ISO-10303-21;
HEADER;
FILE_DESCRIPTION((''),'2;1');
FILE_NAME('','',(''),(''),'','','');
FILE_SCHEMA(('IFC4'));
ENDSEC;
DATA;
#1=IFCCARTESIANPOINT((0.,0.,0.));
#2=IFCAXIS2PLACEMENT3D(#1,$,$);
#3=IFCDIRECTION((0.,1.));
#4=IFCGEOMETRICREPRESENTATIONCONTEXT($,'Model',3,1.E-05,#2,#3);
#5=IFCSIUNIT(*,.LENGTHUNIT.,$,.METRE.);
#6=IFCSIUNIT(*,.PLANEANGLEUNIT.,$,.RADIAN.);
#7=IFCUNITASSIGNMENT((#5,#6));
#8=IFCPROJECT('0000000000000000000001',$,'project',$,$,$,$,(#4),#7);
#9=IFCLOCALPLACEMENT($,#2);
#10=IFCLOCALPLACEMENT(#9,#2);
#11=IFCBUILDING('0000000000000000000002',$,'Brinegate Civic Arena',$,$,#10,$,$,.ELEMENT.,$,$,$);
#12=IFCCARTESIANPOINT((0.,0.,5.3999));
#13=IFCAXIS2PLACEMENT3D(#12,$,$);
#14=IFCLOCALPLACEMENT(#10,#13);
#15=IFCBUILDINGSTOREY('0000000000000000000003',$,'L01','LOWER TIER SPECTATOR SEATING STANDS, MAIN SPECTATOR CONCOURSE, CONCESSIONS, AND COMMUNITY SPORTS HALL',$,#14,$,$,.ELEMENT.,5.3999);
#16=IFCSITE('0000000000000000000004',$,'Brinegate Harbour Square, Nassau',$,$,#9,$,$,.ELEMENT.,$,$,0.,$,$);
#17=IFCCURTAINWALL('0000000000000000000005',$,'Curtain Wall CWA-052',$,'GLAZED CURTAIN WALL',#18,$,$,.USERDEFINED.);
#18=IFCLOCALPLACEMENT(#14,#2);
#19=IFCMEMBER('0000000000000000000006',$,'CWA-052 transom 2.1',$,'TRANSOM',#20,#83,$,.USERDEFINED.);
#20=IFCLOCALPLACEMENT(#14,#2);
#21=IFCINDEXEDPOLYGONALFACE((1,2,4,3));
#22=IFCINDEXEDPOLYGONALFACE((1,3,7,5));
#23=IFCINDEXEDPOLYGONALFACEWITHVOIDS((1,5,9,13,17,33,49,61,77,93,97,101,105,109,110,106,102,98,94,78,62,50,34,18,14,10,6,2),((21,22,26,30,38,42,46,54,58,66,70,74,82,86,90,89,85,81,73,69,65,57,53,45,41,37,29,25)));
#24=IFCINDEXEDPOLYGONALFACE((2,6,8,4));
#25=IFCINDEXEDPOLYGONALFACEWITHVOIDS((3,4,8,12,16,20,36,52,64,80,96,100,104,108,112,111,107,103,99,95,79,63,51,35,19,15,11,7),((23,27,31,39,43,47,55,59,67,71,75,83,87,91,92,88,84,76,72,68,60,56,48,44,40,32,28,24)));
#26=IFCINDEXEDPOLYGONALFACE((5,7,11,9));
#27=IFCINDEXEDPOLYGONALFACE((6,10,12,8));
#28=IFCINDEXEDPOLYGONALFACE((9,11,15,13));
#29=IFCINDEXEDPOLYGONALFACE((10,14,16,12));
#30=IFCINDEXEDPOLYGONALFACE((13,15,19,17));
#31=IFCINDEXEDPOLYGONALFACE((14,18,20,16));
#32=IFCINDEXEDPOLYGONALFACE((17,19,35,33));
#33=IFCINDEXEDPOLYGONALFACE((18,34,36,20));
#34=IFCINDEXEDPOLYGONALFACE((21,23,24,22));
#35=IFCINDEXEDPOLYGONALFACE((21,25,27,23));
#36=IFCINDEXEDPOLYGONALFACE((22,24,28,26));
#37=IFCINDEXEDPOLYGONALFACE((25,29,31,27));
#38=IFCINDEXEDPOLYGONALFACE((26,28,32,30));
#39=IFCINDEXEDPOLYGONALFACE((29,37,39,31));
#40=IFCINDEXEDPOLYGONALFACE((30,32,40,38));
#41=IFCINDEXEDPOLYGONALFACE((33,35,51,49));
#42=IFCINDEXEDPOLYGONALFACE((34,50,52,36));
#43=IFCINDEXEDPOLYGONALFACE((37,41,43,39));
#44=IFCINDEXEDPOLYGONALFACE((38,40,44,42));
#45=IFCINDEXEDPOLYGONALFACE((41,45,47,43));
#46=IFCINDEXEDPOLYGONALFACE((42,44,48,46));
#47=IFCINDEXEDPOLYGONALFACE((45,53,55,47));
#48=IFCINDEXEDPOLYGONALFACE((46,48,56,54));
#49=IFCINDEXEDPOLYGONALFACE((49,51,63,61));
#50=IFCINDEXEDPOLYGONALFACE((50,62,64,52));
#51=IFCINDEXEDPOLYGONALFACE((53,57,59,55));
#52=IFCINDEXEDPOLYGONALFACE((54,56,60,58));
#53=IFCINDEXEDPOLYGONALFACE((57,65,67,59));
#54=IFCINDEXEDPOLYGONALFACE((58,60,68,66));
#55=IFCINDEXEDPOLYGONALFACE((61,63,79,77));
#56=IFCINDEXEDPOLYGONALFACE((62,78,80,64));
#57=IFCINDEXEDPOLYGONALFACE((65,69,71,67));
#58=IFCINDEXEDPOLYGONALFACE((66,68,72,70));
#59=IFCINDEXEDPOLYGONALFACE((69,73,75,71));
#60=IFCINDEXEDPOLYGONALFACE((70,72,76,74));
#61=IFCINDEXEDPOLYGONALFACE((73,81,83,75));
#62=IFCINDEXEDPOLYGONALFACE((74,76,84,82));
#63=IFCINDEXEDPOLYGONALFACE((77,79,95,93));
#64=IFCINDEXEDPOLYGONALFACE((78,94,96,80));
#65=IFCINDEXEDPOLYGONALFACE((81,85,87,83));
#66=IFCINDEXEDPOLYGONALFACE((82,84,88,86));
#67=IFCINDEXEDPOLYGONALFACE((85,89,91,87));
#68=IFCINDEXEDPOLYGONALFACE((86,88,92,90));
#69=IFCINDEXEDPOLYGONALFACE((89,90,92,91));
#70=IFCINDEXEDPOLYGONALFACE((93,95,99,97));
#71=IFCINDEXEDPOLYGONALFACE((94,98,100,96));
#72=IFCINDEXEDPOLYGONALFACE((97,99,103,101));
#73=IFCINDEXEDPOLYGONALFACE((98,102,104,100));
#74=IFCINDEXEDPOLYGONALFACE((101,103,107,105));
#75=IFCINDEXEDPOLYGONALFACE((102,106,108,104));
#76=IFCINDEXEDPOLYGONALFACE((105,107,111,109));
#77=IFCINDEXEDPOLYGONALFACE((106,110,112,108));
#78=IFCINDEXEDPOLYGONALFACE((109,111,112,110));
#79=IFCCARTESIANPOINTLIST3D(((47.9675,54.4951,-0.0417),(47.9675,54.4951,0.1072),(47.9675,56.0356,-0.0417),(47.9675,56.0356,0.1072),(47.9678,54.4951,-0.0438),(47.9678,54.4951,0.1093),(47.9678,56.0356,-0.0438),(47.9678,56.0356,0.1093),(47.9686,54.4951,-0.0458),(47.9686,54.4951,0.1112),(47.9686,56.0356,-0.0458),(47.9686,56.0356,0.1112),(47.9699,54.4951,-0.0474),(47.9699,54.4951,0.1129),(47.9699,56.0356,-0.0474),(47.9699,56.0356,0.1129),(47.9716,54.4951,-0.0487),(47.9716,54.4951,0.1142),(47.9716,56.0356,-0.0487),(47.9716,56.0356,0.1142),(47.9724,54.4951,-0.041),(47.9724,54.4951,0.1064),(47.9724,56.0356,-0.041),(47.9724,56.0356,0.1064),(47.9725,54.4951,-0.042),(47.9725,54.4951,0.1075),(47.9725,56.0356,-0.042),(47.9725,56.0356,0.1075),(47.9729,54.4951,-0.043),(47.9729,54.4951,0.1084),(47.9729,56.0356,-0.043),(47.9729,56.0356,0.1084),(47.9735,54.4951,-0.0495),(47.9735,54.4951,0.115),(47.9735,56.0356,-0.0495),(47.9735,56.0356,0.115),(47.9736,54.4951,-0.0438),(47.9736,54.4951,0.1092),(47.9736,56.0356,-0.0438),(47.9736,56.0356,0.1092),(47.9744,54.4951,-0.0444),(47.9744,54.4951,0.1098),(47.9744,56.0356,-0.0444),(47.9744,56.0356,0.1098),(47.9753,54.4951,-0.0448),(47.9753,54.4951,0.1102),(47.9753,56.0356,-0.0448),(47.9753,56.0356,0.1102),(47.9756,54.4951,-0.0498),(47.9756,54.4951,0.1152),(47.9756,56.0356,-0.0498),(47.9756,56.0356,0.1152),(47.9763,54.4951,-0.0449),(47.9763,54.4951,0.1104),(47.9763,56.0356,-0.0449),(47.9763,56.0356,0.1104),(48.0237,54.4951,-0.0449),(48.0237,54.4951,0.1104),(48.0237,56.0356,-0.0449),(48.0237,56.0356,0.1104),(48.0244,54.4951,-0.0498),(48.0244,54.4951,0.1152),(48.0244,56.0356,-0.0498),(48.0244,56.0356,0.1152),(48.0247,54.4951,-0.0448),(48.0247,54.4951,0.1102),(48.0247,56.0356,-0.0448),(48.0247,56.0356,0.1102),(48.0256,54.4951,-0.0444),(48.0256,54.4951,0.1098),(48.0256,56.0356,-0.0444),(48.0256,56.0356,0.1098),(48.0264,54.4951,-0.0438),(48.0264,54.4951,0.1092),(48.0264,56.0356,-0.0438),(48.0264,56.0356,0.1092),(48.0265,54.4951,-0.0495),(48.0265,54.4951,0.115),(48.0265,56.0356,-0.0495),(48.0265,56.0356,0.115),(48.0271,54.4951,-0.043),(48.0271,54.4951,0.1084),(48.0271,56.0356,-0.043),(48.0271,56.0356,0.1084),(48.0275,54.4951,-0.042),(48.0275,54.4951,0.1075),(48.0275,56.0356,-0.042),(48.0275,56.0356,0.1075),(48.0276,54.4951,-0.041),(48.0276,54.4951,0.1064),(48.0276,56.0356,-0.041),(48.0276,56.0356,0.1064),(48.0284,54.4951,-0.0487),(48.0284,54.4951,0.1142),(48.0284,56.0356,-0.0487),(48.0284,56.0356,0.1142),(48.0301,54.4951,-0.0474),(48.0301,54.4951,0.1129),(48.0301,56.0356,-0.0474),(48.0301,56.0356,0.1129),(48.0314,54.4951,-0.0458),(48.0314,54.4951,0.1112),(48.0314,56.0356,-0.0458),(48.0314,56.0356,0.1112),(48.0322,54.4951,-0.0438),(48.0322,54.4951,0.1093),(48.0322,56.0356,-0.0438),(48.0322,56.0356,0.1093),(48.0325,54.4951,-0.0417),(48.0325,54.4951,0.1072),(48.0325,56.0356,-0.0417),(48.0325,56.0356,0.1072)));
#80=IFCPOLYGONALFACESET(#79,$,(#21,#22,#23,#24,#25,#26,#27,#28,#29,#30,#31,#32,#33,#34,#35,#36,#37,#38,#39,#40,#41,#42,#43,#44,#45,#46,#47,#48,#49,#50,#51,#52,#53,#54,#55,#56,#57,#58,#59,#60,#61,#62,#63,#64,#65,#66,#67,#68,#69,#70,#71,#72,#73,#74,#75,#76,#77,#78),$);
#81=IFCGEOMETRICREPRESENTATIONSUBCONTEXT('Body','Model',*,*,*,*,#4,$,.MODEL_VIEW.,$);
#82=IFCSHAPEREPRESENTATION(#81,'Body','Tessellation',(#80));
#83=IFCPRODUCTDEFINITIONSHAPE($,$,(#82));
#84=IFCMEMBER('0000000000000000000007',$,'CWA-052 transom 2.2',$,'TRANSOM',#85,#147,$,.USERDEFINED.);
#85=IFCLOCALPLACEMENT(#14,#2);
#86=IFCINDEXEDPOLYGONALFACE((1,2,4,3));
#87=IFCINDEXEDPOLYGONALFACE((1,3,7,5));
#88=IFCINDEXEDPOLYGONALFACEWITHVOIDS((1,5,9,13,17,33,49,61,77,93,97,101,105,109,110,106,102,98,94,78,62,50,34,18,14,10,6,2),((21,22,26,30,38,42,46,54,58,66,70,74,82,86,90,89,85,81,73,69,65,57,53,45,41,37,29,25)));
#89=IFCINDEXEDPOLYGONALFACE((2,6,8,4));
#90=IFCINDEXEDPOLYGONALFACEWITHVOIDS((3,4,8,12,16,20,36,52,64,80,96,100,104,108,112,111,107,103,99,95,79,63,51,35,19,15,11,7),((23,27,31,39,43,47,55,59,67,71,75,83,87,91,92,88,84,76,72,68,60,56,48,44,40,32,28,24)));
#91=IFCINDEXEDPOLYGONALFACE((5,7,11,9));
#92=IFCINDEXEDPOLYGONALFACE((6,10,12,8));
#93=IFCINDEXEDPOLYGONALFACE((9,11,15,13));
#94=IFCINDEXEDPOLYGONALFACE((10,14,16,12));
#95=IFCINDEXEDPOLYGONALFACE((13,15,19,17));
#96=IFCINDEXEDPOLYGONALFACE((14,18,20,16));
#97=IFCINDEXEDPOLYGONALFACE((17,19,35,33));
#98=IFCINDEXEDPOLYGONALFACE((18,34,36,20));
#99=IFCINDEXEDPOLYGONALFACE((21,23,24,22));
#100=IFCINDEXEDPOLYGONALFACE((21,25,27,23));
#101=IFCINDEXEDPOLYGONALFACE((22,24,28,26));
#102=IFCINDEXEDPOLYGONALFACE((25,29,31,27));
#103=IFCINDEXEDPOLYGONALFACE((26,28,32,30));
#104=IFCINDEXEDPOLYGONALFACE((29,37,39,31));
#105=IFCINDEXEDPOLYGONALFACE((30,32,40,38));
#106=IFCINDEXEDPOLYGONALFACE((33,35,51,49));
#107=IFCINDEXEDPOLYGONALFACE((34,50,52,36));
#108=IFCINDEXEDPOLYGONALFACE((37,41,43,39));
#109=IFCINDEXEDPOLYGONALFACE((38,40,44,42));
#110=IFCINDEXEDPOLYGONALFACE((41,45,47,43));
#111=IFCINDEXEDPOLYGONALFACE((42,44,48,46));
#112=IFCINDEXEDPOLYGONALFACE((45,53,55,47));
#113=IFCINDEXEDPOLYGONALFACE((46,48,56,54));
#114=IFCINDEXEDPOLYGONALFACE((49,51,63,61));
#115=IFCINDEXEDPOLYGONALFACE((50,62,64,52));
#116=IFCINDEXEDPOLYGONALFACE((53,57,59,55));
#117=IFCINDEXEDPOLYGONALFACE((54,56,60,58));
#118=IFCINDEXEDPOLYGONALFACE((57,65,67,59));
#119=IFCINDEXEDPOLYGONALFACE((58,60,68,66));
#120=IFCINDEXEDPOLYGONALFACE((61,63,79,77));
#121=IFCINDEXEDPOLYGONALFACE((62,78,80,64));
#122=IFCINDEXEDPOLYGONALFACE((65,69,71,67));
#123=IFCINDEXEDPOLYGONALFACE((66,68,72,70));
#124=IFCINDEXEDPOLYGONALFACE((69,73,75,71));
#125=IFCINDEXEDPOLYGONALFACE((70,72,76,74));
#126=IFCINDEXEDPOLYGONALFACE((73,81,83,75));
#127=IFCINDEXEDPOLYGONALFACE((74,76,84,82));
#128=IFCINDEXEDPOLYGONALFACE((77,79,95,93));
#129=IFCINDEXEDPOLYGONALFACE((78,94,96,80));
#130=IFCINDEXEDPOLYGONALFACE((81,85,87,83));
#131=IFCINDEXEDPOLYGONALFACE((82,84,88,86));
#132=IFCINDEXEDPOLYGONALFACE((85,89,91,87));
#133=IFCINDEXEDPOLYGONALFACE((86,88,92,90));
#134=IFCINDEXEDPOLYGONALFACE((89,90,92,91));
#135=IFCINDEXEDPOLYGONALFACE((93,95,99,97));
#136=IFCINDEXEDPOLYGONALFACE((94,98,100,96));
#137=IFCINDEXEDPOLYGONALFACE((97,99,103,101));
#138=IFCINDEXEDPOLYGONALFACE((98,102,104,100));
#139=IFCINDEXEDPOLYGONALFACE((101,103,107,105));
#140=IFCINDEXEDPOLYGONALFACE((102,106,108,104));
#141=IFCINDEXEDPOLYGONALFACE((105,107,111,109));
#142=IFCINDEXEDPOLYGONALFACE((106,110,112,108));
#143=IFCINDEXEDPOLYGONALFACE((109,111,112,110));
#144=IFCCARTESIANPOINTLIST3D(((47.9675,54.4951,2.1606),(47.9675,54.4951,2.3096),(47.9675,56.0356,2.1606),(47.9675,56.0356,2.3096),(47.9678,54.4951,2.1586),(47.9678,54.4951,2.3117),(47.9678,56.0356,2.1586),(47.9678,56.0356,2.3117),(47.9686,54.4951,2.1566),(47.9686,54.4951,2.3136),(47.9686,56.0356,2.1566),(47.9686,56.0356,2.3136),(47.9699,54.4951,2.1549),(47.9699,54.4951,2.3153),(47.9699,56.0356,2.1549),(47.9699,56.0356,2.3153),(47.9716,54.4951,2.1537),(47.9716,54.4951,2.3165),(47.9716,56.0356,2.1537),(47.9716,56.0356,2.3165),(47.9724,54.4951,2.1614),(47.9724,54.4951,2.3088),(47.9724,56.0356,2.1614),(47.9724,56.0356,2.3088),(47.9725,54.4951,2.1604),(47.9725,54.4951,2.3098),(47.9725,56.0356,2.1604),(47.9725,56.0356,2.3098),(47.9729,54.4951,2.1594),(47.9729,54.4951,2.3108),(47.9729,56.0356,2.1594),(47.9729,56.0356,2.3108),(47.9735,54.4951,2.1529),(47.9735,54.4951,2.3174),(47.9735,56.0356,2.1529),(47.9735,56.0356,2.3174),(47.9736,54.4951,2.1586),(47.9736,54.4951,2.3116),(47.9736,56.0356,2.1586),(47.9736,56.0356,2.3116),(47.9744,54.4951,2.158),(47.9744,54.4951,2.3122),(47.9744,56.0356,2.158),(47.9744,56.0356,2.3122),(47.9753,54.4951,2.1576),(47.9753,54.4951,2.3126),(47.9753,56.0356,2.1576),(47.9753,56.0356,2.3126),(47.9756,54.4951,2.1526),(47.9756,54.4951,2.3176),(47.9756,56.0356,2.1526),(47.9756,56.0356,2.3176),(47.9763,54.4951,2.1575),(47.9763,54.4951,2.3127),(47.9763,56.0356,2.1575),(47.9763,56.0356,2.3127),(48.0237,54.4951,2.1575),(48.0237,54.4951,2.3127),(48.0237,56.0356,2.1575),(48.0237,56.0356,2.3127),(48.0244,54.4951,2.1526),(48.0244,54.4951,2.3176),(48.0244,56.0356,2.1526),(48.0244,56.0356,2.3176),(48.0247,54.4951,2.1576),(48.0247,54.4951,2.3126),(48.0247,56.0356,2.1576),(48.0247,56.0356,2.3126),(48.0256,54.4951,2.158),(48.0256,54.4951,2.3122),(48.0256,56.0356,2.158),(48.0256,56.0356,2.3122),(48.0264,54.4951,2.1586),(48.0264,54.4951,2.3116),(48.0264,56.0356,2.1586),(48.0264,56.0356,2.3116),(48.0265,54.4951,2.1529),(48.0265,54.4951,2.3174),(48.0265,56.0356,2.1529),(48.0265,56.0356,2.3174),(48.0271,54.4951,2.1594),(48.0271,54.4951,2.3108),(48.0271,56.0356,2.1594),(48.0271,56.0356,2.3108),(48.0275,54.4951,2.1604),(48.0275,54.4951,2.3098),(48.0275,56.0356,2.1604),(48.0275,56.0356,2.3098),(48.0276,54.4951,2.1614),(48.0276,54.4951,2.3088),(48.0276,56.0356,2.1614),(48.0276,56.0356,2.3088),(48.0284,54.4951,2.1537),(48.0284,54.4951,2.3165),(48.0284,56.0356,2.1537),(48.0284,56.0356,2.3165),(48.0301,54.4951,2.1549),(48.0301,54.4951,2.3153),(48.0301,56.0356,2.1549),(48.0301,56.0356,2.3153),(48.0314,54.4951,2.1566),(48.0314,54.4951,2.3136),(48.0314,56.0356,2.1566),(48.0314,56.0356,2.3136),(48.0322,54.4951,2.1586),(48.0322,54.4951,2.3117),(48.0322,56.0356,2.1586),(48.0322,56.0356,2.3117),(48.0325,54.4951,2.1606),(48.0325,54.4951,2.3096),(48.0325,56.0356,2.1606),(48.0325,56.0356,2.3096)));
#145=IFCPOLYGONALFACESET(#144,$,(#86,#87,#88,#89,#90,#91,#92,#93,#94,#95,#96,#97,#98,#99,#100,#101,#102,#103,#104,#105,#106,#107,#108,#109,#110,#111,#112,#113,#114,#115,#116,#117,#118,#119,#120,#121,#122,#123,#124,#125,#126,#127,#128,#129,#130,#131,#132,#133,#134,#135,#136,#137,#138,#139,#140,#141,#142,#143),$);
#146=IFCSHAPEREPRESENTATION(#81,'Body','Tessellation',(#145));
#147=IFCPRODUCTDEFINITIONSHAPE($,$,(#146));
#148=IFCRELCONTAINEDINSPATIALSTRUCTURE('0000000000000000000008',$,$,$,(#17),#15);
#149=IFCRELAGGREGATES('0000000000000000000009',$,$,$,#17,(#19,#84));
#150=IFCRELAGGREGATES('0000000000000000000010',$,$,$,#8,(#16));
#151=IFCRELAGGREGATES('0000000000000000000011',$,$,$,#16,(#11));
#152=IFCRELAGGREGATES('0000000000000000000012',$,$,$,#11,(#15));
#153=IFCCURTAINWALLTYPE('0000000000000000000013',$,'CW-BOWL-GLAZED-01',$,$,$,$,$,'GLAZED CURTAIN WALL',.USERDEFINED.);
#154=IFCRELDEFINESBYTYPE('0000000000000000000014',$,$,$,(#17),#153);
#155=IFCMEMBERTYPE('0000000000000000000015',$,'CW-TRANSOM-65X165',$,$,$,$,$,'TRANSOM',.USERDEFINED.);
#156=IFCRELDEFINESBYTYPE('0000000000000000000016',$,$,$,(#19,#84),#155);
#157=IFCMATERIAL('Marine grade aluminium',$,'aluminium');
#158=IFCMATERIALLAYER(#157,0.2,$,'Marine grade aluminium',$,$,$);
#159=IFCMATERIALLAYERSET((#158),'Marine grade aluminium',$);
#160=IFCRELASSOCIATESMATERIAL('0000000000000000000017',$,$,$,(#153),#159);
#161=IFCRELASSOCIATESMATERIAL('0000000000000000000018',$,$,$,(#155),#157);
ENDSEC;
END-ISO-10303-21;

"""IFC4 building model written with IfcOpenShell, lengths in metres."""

from ifc_helpers import new_model, si_unit, direction, frame, origin, origin_2d, place, context, subcontext, project, spatial, hollow_rectangle, extrude, material, layer, layer_set, material_profile, profile_set, type_object, element, aggregate, save


model = new_model("IFC4")

# Units and contexts
model_context = context("Model", 3, precision=1e-05, world=origin(), true_north=direction((0.0, 1.0)))
body_context = subcontext(model_context, "Body", "Model", "MODEL_VIEW")
ifc_project = project(units=[si_unit("LENGTHUNIT", "METRE"), si_unit("PLANEANGLEUNIT", "RADIAN")], contexts=[model_context])

# Site, building, storey
site_placement = place(None, origin())
site = spatial("IfcSite", under=ifc_project, at=site_placement, Name="Brinegate Harbour Square, Nassau", CompositionType="ELEMENT", RefElevation=0.0)
building_placement = place(site_placement, origin())
building = spatial("IfcBuilding", under=site, at=building_placement, Name="Brinegate Civic Arena", CompositionType="ELEMENT")
storey_placement = place(building_placement, frame((0.0, 0.0, 5.3999)))
storey = spatial("IfcBuildingStorey", under=building, at=storey_placement, Name="L01", Description="LOWER TIER SPECTATOR SEATING STANDS, MAIN SPECTATOR CONCOURSE, CONCESSIONS, AND COMMUNITY SPORTS HALL", CompositionType="ELEMENT", Elevation=5.3999)

# Curtain wall, members
ifc_material_1 = material(Name="Marine grade aluminium", Category="aluminium")
ifc_layer_1 = layer(ifc_material_1, 0.2, Name="Marine grade aluminium")
ifc_layer_set_1 = layer_set([ifc_layer_1], Name="Marine grade aluminium")
curtain_wall_type = type_object("IfcCurtainWallType", Name="CW-BOWL-GLAZED-01", ElementType="GLAZED CURTAIN WALL", PredefinedType="USERDEFINED", material=ifc_layer_set_1)
curtain_wall_placement = place(storey_placement, origin())
curtain_wall = element("IfcCurtainWall", 1, at=curtain_wall_placement, inside=storey, type_object=curtain_wall_type, Name="Curtain Wall CWA-052", ObjectType="GLAZED CURTAIN WALL", PredefinedType="USERDEFINED")
ifc_material_profile_1 = material_profile(ifc_material_1, hollow_rectangle(XDim=0.0649, YDim=0.165, WallThickness=0.0049, InnerFilletRadius=0.0039, OuterFilletRadius=0.0081, at=origin_2d()), Name="TRN65X165")
ifc_profile_set_1 = profile_set([ifc_material_profile_1], Name="Marine grade aluminium")
member_type_1 = type_object("IfcMemberType", Name="CW-TRANSOM-65X165", ElementType="TRANSOM", PredefinedType="USERDEFINED", material=ifc_profile_set_1)
member_1_placement = place(storey_placement, frame((48.0, 54.4951, 0.0327), z_axis=(0.0, 1.0, 0.0), x_axis=(-1.0, 0.0, 0.0)))
member_1 = element("IfcMember", 2, at=member_1_placement, type_object=member_type_1, Name="CWA-052 transom 2.1", ObjectType="TRANSOM", PredefinedType="USERDEFINED", context=body_context, shape_type="SweptSolid", body=[
    extrude(hollow_rectangle(XDim=0.0649, YDim=0.165, WallThickness=0.0049, InnerFilletRadius=0.0039, OuterFilletRadius=0.0081, at=origin_2d()), origin(), (0.0, 0.0, 1.0), 1.5405),
])
member_2_placement = place(storey_placement, frame((48.0, 54.4951, 2.2351), z_axis=(0.0, 1.0, 0.0), x_axis=(-1.0, 0.0, 0.0)))
member_2 = element("IfcMember", 3, at=member_2_placement, type_object=member_type_1, Name="CWA-052 transom 2.2", ObjectType="TRANSOM", PredefinedType="USERDEFINED", context=body_context, shape_type="SweptSolid", body=[
    extrude(hollow_rectangle(XDim=0.0649, YDim=0.165, WallThickness=0.0049, InnerFilletRadius=0.0039, OuterFilletRadius=0.0081, at=origin_2d()), origin(), (0.0, 0.0, 1.0), 1.5405),
])
aggregate(curtain_wall, [member_1, member_2])

save(model, "model.ifc")
